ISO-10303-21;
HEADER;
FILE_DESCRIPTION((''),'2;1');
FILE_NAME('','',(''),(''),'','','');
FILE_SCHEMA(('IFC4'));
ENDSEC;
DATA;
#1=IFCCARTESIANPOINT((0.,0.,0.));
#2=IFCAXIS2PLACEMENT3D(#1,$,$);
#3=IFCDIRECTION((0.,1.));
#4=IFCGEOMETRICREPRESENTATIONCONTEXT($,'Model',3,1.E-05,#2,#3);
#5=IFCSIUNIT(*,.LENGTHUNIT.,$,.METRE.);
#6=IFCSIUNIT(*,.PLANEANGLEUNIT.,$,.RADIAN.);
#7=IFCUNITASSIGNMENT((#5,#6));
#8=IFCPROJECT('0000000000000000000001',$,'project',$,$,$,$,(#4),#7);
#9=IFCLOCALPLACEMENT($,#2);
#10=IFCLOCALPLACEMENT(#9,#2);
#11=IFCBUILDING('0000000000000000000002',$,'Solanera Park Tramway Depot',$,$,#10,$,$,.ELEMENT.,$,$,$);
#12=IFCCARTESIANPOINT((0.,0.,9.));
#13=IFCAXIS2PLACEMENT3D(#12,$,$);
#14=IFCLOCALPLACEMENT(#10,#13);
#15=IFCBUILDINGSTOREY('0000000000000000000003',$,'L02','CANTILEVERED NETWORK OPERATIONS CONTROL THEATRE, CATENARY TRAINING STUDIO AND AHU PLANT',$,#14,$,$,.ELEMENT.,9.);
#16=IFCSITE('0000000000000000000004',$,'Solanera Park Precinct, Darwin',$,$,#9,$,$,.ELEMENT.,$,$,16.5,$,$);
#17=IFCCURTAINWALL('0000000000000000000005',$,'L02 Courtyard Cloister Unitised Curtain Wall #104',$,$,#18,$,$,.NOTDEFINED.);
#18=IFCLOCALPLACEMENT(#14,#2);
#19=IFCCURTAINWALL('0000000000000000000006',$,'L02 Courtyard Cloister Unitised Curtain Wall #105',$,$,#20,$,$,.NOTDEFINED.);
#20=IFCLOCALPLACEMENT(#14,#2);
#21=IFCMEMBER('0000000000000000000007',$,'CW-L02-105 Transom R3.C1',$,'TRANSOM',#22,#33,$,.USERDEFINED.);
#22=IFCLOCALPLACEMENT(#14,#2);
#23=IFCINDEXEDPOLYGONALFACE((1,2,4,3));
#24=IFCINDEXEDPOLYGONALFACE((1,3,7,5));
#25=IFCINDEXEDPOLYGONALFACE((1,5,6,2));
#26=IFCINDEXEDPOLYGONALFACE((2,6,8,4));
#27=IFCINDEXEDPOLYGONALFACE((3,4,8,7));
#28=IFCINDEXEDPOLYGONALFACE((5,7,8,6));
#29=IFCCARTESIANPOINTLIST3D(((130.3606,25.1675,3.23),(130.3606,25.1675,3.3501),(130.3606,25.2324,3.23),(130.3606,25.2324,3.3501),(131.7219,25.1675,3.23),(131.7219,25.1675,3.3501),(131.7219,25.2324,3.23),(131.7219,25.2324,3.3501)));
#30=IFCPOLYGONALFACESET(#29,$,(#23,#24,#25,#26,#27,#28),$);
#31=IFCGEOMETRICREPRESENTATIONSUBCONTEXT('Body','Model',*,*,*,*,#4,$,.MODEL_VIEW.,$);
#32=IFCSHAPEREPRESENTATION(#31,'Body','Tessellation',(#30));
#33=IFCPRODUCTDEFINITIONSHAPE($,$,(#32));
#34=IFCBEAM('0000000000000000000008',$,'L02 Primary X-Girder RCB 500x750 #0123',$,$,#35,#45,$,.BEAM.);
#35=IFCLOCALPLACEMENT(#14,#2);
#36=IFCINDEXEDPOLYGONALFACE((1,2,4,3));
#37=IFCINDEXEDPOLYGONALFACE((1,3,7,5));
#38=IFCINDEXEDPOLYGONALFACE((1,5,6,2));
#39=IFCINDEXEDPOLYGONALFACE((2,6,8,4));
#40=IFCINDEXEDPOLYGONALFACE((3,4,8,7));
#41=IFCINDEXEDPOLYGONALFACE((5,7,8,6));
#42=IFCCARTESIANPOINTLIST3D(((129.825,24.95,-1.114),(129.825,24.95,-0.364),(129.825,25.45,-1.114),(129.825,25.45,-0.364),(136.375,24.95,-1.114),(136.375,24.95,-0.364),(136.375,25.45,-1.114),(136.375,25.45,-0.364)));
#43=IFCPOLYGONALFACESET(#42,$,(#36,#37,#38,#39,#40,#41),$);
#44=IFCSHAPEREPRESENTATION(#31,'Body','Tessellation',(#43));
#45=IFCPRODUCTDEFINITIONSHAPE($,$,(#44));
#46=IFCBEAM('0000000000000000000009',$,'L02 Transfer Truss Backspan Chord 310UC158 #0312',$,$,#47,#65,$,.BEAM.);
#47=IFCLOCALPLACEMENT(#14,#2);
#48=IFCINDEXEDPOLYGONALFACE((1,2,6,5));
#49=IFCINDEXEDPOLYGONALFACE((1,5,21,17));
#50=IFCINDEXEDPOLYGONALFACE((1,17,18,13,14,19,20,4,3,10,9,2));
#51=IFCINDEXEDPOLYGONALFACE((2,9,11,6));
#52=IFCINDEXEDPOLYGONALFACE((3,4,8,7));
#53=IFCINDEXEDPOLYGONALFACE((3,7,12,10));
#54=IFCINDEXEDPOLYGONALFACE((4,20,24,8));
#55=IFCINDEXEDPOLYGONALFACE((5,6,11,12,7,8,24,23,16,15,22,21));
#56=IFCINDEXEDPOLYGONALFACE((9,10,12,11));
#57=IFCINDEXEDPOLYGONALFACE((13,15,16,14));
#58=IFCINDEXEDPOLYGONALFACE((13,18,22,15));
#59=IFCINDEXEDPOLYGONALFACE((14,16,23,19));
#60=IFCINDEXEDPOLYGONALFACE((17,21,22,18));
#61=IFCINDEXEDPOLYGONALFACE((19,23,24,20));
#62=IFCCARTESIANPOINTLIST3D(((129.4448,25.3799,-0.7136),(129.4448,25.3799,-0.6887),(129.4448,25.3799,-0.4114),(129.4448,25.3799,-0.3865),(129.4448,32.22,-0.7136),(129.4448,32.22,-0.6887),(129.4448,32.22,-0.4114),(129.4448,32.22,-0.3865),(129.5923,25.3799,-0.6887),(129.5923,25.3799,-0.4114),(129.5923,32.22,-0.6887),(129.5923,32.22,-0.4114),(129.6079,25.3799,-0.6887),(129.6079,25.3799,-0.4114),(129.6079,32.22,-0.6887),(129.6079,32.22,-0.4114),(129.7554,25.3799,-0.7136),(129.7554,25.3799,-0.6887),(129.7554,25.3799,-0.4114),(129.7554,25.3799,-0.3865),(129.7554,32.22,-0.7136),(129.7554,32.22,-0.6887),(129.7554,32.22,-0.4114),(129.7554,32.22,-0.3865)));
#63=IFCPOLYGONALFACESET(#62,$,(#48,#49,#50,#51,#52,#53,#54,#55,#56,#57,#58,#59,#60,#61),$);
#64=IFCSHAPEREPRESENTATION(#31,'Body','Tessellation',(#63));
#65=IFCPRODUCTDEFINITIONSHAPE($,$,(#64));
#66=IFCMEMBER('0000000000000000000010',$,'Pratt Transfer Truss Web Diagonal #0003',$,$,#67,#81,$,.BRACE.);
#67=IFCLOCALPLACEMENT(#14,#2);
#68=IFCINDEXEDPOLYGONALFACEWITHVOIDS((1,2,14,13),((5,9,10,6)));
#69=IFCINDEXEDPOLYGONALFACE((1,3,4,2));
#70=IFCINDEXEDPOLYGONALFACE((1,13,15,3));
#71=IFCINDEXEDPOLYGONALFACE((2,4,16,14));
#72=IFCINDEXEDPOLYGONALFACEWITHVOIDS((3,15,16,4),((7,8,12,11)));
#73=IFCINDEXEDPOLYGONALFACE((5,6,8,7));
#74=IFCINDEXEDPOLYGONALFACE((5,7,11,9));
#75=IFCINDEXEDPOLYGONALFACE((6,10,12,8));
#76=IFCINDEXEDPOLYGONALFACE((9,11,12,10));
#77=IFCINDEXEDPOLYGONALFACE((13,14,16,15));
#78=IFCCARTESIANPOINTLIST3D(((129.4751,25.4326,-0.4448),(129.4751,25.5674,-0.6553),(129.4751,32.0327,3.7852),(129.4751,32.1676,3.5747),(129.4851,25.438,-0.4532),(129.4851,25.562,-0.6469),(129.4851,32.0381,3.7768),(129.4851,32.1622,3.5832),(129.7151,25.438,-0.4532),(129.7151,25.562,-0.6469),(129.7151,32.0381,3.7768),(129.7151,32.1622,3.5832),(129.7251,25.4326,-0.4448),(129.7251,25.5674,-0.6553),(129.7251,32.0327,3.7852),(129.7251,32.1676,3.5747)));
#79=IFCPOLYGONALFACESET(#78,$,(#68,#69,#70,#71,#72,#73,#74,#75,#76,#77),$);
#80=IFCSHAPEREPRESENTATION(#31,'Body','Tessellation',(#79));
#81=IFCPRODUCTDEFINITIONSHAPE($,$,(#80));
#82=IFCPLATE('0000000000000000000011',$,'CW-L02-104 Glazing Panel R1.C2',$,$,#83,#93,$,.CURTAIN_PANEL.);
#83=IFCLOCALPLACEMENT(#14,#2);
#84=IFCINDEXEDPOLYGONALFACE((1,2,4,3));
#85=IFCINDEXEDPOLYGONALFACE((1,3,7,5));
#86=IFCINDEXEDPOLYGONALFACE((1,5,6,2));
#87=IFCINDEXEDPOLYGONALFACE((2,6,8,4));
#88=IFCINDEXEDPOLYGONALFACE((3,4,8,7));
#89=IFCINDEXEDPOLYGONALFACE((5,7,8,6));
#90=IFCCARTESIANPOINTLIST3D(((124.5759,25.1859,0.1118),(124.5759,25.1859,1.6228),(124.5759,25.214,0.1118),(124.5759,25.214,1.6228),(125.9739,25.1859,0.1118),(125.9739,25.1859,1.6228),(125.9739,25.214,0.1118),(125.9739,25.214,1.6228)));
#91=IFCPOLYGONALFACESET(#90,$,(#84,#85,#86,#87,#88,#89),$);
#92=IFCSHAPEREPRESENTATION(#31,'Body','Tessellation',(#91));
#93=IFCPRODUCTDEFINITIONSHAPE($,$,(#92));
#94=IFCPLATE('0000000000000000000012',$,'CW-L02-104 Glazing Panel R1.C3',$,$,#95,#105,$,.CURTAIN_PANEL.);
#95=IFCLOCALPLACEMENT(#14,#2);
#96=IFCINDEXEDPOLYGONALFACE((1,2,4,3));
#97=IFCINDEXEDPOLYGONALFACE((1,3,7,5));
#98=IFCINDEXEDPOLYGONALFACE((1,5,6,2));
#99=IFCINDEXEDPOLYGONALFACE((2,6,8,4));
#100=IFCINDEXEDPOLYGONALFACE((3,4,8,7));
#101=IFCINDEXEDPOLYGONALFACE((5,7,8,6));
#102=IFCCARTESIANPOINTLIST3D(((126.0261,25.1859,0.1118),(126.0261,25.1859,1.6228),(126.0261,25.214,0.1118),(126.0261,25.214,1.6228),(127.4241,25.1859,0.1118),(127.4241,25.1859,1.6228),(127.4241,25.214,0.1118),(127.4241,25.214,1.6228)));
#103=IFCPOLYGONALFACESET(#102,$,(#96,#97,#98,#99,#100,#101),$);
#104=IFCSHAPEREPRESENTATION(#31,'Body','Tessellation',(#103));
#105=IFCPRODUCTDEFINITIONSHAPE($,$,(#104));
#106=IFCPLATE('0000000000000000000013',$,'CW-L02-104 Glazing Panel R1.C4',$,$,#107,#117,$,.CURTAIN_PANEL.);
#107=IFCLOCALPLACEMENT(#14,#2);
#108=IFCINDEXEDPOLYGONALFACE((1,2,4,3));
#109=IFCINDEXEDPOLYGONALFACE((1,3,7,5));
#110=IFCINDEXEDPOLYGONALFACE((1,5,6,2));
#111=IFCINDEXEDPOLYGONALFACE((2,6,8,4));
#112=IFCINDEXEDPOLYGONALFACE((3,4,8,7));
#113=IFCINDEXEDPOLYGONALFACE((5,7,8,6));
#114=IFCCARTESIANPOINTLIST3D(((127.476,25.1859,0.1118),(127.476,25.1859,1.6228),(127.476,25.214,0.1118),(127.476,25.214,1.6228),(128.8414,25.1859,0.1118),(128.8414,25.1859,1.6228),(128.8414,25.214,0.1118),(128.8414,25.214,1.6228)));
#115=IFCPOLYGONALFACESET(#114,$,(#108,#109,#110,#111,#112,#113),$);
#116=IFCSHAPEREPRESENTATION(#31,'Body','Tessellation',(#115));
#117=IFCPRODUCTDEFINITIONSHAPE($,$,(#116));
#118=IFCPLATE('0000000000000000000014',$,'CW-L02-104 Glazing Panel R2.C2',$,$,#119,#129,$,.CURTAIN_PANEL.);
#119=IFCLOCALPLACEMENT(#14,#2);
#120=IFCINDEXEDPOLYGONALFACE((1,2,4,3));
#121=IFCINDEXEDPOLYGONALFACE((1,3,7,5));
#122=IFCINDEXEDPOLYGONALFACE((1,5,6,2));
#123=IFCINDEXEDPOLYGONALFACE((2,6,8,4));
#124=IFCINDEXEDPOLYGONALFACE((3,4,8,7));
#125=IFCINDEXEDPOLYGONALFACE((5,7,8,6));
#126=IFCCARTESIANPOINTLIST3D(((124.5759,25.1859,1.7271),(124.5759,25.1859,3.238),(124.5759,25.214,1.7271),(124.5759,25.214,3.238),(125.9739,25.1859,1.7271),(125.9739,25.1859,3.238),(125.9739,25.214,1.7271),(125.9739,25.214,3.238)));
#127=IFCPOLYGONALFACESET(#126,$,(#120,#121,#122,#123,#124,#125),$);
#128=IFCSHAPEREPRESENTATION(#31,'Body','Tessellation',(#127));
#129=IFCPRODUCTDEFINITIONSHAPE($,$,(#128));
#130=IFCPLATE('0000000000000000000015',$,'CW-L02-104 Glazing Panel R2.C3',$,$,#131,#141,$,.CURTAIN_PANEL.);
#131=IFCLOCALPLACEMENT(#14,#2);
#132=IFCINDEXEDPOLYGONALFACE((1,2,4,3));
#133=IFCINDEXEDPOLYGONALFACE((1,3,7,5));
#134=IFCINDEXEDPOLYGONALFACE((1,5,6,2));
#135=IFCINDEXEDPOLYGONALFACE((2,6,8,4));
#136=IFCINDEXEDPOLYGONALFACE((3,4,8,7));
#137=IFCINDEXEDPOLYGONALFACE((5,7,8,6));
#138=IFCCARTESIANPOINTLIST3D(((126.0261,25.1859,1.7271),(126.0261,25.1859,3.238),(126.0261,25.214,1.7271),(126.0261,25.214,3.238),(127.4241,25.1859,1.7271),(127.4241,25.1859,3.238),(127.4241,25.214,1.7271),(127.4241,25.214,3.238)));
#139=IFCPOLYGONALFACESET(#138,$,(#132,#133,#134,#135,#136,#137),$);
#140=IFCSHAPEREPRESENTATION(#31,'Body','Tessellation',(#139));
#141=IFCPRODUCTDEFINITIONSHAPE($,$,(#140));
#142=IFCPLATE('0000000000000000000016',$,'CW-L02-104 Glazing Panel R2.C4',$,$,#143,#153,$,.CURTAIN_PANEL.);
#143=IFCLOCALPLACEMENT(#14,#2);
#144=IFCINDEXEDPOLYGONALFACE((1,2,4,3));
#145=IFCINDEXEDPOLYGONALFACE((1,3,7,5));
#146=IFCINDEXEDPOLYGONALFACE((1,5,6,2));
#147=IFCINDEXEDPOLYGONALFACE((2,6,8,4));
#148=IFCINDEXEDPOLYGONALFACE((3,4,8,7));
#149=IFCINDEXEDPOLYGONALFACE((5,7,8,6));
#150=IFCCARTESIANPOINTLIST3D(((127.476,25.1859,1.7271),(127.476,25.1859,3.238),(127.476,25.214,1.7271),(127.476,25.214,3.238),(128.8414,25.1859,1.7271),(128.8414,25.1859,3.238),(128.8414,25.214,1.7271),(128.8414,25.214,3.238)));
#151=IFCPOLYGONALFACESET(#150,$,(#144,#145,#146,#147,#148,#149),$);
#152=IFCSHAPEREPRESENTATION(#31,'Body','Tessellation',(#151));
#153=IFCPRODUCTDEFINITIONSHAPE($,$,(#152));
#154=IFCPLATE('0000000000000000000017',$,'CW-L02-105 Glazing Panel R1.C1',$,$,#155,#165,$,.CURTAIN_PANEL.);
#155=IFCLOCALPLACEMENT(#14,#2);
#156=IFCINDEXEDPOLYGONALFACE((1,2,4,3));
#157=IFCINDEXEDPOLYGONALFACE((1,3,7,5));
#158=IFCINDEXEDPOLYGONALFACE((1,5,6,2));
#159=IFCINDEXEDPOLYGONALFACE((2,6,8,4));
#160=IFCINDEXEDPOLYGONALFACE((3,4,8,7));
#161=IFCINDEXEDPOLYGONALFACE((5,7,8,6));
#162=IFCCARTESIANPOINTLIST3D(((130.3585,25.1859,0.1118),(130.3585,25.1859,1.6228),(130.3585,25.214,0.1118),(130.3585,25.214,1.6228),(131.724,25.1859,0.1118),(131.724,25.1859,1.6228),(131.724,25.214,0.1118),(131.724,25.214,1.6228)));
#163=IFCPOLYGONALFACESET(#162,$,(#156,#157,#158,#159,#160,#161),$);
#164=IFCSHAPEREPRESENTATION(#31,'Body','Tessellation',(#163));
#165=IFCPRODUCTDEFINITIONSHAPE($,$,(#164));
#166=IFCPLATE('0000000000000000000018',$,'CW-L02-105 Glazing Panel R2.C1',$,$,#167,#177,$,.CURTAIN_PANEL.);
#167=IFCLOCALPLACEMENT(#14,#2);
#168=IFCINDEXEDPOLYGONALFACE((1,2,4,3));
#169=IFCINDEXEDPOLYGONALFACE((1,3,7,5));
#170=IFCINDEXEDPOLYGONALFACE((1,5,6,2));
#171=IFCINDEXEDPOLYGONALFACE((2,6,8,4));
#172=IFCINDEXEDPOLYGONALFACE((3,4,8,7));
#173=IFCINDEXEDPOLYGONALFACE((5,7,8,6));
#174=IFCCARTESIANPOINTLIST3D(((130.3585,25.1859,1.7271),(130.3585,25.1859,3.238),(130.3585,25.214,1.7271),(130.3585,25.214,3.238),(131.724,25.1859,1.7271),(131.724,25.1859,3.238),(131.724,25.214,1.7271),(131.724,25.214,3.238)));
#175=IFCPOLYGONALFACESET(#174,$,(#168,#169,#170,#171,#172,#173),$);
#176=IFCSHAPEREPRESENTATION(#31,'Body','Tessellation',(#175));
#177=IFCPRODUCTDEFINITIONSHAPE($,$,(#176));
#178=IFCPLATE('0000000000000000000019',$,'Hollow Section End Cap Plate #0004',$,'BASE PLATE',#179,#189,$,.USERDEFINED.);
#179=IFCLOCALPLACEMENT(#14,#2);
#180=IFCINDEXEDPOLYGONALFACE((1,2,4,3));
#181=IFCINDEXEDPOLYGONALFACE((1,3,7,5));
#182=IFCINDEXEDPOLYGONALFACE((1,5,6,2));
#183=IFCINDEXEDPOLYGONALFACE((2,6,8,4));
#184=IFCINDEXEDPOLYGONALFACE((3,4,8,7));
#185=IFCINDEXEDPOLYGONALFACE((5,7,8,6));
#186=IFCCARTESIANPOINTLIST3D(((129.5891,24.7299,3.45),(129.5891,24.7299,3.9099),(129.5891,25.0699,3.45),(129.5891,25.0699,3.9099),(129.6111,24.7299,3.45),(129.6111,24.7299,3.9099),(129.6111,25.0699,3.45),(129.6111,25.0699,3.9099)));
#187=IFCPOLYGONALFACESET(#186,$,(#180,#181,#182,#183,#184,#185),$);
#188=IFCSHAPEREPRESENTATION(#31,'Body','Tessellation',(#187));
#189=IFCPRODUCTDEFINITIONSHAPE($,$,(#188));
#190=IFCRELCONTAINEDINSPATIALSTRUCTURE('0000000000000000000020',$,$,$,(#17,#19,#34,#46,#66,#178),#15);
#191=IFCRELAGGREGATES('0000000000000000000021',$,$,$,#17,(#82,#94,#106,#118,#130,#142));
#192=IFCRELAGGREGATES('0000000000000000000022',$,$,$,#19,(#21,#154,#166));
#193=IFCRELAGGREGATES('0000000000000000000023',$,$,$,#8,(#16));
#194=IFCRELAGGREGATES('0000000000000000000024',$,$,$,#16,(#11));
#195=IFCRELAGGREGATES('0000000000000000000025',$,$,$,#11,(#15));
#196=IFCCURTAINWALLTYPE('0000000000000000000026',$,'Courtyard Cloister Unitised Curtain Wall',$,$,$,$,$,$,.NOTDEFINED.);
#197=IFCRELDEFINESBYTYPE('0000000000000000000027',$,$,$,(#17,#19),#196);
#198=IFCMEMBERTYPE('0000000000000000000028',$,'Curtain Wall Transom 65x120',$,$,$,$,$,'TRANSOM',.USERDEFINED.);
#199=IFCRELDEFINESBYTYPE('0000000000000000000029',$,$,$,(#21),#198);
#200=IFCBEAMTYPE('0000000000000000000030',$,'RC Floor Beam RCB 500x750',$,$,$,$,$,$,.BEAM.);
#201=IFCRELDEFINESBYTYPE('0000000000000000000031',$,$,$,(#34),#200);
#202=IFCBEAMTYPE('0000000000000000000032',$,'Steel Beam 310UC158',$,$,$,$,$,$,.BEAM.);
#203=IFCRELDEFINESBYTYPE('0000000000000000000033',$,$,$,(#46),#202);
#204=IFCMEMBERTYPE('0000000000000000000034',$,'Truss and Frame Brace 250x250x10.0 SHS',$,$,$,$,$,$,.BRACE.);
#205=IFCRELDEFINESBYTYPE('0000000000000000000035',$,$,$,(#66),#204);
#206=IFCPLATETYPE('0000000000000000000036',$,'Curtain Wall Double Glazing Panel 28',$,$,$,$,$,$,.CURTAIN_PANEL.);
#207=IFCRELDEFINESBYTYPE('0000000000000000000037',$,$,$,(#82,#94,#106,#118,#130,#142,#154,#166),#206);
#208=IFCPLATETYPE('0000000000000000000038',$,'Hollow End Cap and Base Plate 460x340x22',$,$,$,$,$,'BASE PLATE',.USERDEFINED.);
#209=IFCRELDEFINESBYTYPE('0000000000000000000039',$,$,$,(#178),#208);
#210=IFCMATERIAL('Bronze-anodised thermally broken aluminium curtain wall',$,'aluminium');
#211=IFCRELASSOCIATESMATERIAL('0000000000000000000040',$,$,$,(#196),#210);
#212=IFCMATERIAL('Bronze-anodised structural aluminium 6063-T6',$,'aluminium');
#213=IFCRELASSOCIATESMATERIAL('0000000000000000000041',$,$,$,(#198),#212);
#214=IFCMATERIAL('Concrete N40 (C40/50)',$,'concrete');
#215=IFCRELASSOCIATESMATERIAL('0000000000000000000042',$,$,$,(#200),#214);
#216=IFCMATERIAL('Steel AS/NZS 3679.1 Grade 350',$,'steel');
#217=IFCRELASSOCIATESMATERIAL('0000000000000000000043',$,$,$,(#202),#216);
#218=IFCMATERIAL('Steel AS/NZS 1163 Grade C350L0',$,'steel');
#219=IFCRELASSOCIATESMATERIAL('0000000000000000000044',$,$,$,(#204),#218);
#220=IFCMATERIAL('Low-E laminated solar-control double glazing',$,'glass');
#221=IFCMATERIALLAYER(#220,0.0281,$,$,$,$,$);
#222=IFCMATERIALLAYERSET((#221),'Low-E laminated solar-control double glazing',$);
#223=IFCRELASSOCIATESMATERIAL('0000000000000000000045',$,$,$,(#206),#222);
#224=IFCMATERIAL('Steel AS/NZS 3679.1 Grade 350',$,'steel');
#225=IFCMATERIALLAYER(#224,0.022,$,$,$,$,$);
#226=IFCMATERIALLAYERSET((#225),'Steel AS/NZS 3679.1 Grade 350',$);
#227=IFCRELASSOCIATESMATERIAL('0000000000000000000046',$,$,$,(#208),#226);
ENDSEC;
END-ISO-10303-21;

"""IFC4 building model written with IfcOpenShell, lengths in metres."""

from ifc_helpers import new_model, si_unit, direction, frame, origin, origin_2d, place, context, subcontext, project, spatial, rectangle, hollow_rectangle, i_section, extrude, material, layer, layer_set, material_profile, profile_set, type_object, element, aggregate, save


model = new_model("IFC4")

# Units and contexts
model_context = context("Model", 3, precision=1e-05, world=origin(), true_north=direction((0.0, 1.0)))
body_context = subcontext(model_context, "Body", "Model", "MODEL_VIEW")
ifc_project = project(units=[si_unit("LENGTHUNIT", "METRE"), si_unit("PLANEANGLEUNIT", "RADIAN")], contexts=[model_context])

# Site, building, storey
site_placement = place(None, origin())
site = spatial("IfcSite", under=ifc_project, at=site_placement, Name="Solanera Park Precinct, Darwin", CompositionType="ELEMENT", RefElevation=16.5)
building_placement = place(site_placement, origin())
building = spatial("IfcBuilding", under=site, at=building_placement, Name="Solanera Park Tramway Depot", CompositionType="ELEMENT")
storey_placement = place(building_placement, frame((0.0, 0.0, 9.0)))
storey = spatial("IfcBuildingStorey", under=building, at=storey_placement, Name="L02", Description="CANTILEVERED NETWORK OPERATIONS CONTROL THEATRE, CATENARY TRAINING STUDIO AND AHU PLANT", CompositionType="ELEMENT", Elevation=9.0)

# Curtain walls
ifc_material_1 = material(Name="Bronze-anodised thermally broken aluminium curtain wall", Category="aluminium")
curtain_wall_type = type_object("IfcCurtainWallType", Name="Courtyard Cloister Unitised Curtain Wall", PredefinedType="NOTDEFINED", material=ifc_material_1)
curtain_wall_1_placement = place(storey_placement, origin())
curtain_wall_1 = element("IfcCurtainWall", 1, at=curtain_wall_1_placement, inside=storey, type_object=curtain_wall_type, Name="L02 Courtyard Cloister Unitised Curtain Wall #104", PredefinedType="NOTDEFINED")
curtain_wall_2_placement = place(storey_placement, origin())
curtain_wall_2 = element("IfcCurtainWall", 2, at=curtain_wall_2_placement, inside=storey, type_object=curtain_wall_type, Name="L02 Courtyard Cloister Unitised Curtain Wall #105", PredefinedType="NOTDEFINED")

# Member
ifc_material_2 = material(Name="Bronze-anodised structural aluminium 6063-T6", Category="aluminium")
ifc_material_profile_1 = material_profile(ifc_material_2, rectangle(XDim=0.0649, YDim=0.1201, at=origin_2d()), Name="Curtain Wall Transom 65x120")
ifc_profile_set_1 = profile_set([ifc_material_profile_1], Name="Bronze-anodised structural aluminium 6063-T6")
member_type_1 = type_object("IfcMemberType", Name="Curtain Wall Transom 65x120", ElementType="TRANSOM", PredefinedType="USERDEFINED", material=ifc_profile_set_1)
member_1_placement = place(storey_placement, frame((130.3606, 25.2, 3.29), z_axis=(1.0, 0.0, 0.0), x_axis=(0.0, 1.0, 0.0)))
member_1 = element("IfcMember", 3, at=member_1_placement, type_object=member_type_1, Name="CW-L02-105 Transom R3.C1", ObjectType="TRANSOM", PredefinedType="USERDEFINED", context=body_context, shape_type="SweptSolid", body=[
    extrude(rectangle(XDim=0.0649, YDim=0.1201, at=origin_2d()), origin(), (0.0, 0.0, 1.0), 1.3613),
])

# Beams
ifc_material_3 = material(Name="Concrete N40 (C40/50)", Category="concrete")
ifc_material_profile_2 = material_profile(ifc_material_3, rectangle(XDim=0.5, YDim=0.75, at=origin_2d()), Name="RCB 500x750")
ifc_profile_set_2 = profile_set([ifc_material_profile_2], Name="Concrete N40 (C40/50)")
beam_type_1 = type_object("IfcBeamType", Name="RC Floor Beam RCB 500x750", PredefinedType="BEAM", material=ifc_profile_set_2)
beam_1_placement = place(storey_placement, frame((129.825, 25.2, -0.739), z_axis=(1.0, 0.0, 0.0), x_axis=(0.0, 1.0, 0.0)))
element("IfcBeam", 4, at=beam_1_placement, inside=storey, type_object=beam_type_1, Name="L02 Primary X-Girder RCB 500x750 #0123", PredefinedType="BEAM", context=body_context, shape_type="SweptSolid", body=[
    extrude(rectangle(XDim=0.5, YDim=0.75, at=origin_2d()), origin(), (0.0, 0.0, 1.0), 6.55),
])
ifc_material_4 = material(Name="Steel AS/NZS 3679.1 Grade 350", Category="steel")
ifc_material_profile_3 = material_profile(ifc_material_4, i_section(OverallWidth=0.3105, OverallDepth=0.3271, WebThickness=0.0156, FlangeThickness=0.0249, at=origin_2d()), Name="310UC158")
ifc_profile_set_3 = profile_set([ifc_material_profile_3], Name="Steel AS/NZS 3679.1 Grade 350")
beam_type_2 = type_object("IfcBeamType", Name="Steel Beam 310UC158", PredefinedType="BEAM", material=ifc_profile_set_3)
beam_2_placement = place(storey_placement, frame((129.6001, 25.3799, -0.55), z_axis=(0.0, 1.0, 0.0), x_axis=(-1.0, 0.0, 0.0)))
element("IfcBeam", 5, at=beam_2_placement, inside=storey, type_object=beam_type_2, Name="L02 Transfer Truss Backspan Chord 310UC158 #0312", PredefinedType="BEAM", context=body_context, shape_type="SweptSolid", body=[
    extrude(i_section(OverallWidth=0.3105, OverallDepth=0.3271, WebThickness=0.0156, FlangeThickness=0.0249, at=origin_2d()), origin(), (0.0, 0.0, 1.0), 6.8401),
])

# Member
ifc_material_5 = material(Name="Steel AS/NZS 1163 Grade C350L0", Category="steel")
ifc_material_profile_4 = material_profile(ifc_material_5, hollow_rectangle(XDim=0.25, YDim=0.25, WallThickness=0.01, at=origin_2d()), Name="250x250x10.0 SHS")
ifc_profile_set_4 = profile_set([ifc_material_profile_4], Name="Steel AS/NZS 1163 Grade C350L0")
member_type_2 = type_object("IfcMemberType", Name="Truss and Frame Brace 250x250x10.0 SHS", PredefinedType="BRACE", material=ifc_profile_set_4)
member_2_placement = place(storey_placement, frame((129.6001, 25.5, -0.55), z_axis=(0.0, 0.841928, 0.539589), x_axis=(-1.0, 0.0, 0.0)))
element("IfcMember", 6, at=member_2_placement, inside=storey, type_object=member_type_2, Name="Pratt Transfer Truss Web Diagonal #0003", PredefinedType="BRACE", context=body_context, shape_type="SweptSolid", body=[
    extrude(hollow_rectangle(XDim=0.25, YDim=0.25, WallThickness=0.01, at=origin_2d()), origin(), (0.0, 0.0, 1.0), 7.8394),
])

# Plates
ifc_material_6 = material(Name="Low-E laminated solar-control double glazing", Category="glass")
ifc_layer_1 = layer(ifc_material_6, 0.0281)
ifc_layer_set_1 = layer_set([ifc_layer_1], Name="Low-E laminated solar-control double glazing")
plate_type_1 = type_object("IfcPlateType", Name="Curtain Wall Double Glazing Panel 28", PredefinedType="CURTAIN_PANEL", material=ifc_layer_set_1)
plate_1_placement = place(storey_placement, frame((125.2749, 25.2, 0.1118), z_axis=(0.0, 0.0, 1.0), x_axis=(1.0, 0.0, 0.0)))
plate_1 = element("IfcPlate", 7, at=plate_1_placement, type_object=plate_type_1, Name="CW-L02-104 Glazing Panel R1.C2", PredefinedType="CURTAIN_PANEL", context=body_context, shape_type="SweptSolid", body=[
    extrude(rectangle(XDim=1.3979, YDim=0.0281, at=origin_2d()), origin(), (0.0, 0.0, 1.0), 1.511),
])
plate_2_placement = place(storey_placement, frame((126.7251, 25.2, 0.1118), z_axis=(0.0, 0.0, 1.0), x_axis=(1.0, 0.0, 0.0)))
plate_2 = element("IfcPlate", 8, at=plate_2_placement, type_object=plate_type_1, Name="CW-L02-104 Glazing Panel R1.C3", PredefinedType="CURTAIN_PANEL", context=body_context, shape_type="SweptSolid", body=[
    extrude(rectangle(XDim=1.3979, YDim=0.0281, at=origin_2d()), origin(), (0.0, 0.0, 1.0), 1.511),
])
plate_3_placement = place(storey_placement, frame((128.1587, 25.2, 0.1118), z_axis=(0.0, 0.0, 1.0), x_axis=(1.0, 0.0, 0.0)))
plate_3 = element("IfcPlate", 9, at=plate_3_placement, type_object=plate_type_1, Name="CW-L02-104 Glazing Panel R1.C4", PredefinedType="CURTAIN_PANEL", context=body_context, shape_type="SweptSolid", body=[
    extrude(rectangle(XDim=1.3655, YDim=0.0281, at=origin_2d()), origin(), (0.0, 0.0, 1.0), 1.511),
])
plate_4_placement = place(storey_placement, frame((125.2749, 25.2, 1.7271), z_axis=(0.0, 0.0, 1.0), x_axis=(1.0, 0.0, 0.0)))
plate_4 = element("IfcPlate", 10, at=plate_4_placement, type_object=plate_type_1, Name="CW-L02-104 Glazing Panel R2.C2", PredefinedType="CURTAIN_PANEL", context=body_context, shape_type="SweptSolid", body=[
    extrude(rectangle(XDim=1.3979, YDim=0.0281, at=origin_2d()), origin(), (0.0, 0.0, 1.0), 1.511),
])
plate_5_placement = place(storey_placement, frame((126.7251, 25.2, 1.7271), z_axis=(0.0, 0.0, 1.0), x_axis=(1.0, 0.0, 0.0)))
plate_5 = element("IfcPlate", 11, at=plate_5_placement, type_object=plate_type_1, Name="CW-L02-104 Glazing Panel R2.C3", PredefinedType="CURTAIN_PANEL", context=body_context, shape_type="SweptSolid", body=[
    extrude(rectangle(XDim=1.3979, YDim=0.0281, at=origin_2d()), origin(), (0.0, 0.0, 1.0), 1.511),
])
plate_6_placement = place(storey_placement, frame((128.1587, 25.2, 1.7271), z_axis=(0.0, 0.0, 1.0), x_axis=(1.0, 0.0, 0.0)))
plate_6 = element("IfcPlate", 12, at=plate_6_placement, type_object=plate_type_1, Name="CW-L02-104 Glazing Panel R2.C4", PredefinedType="CURTAIN_PANEL", context=body_context, shape_type="SweptSolid", body=[
    extrude(rectangle(XDim=1.3655, YDim=0.0281, at=origin_2d()), origin(), (0.0, 0.0, 1.0), 1.511),
])
aggregate(curtain_wall_1, [plate_1, plate_2, plate_3, plate_4, plate_5, plate_6])
plate_7_placement = place(storey_placement, frame((131.0413, 25.2, 0.1118), z_axis=(0.0, 0.0, 1.0), x_axis=(1.0, 0.0, 0.0)))
plate_7 = element("IfcPlate", 13, at=plate_7_placement, type_object=plate_type_1, Name="CW-L02-105 Glazing Panel R1.C1", PredefinedType="CURTAIN_PANEL", context=body_context, shape_type="SweptSolid", body=[
    extrude(rectangle(XDim=1.3655, YDim=0.0281, at=origin_2d()), origin(), (0.0, 0.0, 1.0), 1.511),
])
plate_8_placement = place(storey_placement, frame((131.0413, 25.2, 1.7271), z_axis=(0.0, 0.0, 1.0), x_axis=(1.0, 0.0, 0.0)))
plate_8 = element("IfcPlate", 14, at=plate_8_placement, type_object=plate_type_1, Name="CW-L02-105 Glazing Panel R2.C1", PredefinedType="CURTAIN_PANEL", context=body_context, shape_type="SweptSolid", body=[
    extrude(rectangle(XDim=1.3655, YDim=0.0281, at=origin_2d()), origin(), (0.0, 0.0, 1.0), 1.511),
])
aggregate(curtain_wall_2, [member_1, plate_7, plate_8])

# Plate
ifc_material_7 = material(Name="Steel AS/NZS 3679.1 Grade 350", Category="steel")
ifc_layer_2 = layer(ifc_material_7, 0.022)
ifc_layer_set_2 = layer_set([ifc_layer_2], Name="Steel AS/NZS 3679.1 Grade 350")
plate_type_2 = type_object("IfcPlateType", Name="Hollow End Cap and Base Plate 460x340x22", ElementType="BASE PLATE", PredefinedType="USERDEFINED", material=ifc_layer_set_2)
plate_9_placement = place(storey_placement, frame((129.6001, 24.8999, 3.45), z_axis=(0.0, 0.0, 1.0), x_axis=(1.0, 0.0, 0.0)))
element("IfcPlate", 15, at=plate_9_placement, inside=storey, type_object=plate_type_2, Name="Hollow Section End Cap Plate #0004", ObjectType="BASE PLATE", PredefinedType="USERDEFINED", context=body_context, shape_type="SweptSolid", body=[
    extrude(rectangle(XDim=0.022, YDim=0.3401, at=origin_2d()), origin(), (0.0, 0.0, 1.0), 0.46),
])

save(model, "model.ifc")
